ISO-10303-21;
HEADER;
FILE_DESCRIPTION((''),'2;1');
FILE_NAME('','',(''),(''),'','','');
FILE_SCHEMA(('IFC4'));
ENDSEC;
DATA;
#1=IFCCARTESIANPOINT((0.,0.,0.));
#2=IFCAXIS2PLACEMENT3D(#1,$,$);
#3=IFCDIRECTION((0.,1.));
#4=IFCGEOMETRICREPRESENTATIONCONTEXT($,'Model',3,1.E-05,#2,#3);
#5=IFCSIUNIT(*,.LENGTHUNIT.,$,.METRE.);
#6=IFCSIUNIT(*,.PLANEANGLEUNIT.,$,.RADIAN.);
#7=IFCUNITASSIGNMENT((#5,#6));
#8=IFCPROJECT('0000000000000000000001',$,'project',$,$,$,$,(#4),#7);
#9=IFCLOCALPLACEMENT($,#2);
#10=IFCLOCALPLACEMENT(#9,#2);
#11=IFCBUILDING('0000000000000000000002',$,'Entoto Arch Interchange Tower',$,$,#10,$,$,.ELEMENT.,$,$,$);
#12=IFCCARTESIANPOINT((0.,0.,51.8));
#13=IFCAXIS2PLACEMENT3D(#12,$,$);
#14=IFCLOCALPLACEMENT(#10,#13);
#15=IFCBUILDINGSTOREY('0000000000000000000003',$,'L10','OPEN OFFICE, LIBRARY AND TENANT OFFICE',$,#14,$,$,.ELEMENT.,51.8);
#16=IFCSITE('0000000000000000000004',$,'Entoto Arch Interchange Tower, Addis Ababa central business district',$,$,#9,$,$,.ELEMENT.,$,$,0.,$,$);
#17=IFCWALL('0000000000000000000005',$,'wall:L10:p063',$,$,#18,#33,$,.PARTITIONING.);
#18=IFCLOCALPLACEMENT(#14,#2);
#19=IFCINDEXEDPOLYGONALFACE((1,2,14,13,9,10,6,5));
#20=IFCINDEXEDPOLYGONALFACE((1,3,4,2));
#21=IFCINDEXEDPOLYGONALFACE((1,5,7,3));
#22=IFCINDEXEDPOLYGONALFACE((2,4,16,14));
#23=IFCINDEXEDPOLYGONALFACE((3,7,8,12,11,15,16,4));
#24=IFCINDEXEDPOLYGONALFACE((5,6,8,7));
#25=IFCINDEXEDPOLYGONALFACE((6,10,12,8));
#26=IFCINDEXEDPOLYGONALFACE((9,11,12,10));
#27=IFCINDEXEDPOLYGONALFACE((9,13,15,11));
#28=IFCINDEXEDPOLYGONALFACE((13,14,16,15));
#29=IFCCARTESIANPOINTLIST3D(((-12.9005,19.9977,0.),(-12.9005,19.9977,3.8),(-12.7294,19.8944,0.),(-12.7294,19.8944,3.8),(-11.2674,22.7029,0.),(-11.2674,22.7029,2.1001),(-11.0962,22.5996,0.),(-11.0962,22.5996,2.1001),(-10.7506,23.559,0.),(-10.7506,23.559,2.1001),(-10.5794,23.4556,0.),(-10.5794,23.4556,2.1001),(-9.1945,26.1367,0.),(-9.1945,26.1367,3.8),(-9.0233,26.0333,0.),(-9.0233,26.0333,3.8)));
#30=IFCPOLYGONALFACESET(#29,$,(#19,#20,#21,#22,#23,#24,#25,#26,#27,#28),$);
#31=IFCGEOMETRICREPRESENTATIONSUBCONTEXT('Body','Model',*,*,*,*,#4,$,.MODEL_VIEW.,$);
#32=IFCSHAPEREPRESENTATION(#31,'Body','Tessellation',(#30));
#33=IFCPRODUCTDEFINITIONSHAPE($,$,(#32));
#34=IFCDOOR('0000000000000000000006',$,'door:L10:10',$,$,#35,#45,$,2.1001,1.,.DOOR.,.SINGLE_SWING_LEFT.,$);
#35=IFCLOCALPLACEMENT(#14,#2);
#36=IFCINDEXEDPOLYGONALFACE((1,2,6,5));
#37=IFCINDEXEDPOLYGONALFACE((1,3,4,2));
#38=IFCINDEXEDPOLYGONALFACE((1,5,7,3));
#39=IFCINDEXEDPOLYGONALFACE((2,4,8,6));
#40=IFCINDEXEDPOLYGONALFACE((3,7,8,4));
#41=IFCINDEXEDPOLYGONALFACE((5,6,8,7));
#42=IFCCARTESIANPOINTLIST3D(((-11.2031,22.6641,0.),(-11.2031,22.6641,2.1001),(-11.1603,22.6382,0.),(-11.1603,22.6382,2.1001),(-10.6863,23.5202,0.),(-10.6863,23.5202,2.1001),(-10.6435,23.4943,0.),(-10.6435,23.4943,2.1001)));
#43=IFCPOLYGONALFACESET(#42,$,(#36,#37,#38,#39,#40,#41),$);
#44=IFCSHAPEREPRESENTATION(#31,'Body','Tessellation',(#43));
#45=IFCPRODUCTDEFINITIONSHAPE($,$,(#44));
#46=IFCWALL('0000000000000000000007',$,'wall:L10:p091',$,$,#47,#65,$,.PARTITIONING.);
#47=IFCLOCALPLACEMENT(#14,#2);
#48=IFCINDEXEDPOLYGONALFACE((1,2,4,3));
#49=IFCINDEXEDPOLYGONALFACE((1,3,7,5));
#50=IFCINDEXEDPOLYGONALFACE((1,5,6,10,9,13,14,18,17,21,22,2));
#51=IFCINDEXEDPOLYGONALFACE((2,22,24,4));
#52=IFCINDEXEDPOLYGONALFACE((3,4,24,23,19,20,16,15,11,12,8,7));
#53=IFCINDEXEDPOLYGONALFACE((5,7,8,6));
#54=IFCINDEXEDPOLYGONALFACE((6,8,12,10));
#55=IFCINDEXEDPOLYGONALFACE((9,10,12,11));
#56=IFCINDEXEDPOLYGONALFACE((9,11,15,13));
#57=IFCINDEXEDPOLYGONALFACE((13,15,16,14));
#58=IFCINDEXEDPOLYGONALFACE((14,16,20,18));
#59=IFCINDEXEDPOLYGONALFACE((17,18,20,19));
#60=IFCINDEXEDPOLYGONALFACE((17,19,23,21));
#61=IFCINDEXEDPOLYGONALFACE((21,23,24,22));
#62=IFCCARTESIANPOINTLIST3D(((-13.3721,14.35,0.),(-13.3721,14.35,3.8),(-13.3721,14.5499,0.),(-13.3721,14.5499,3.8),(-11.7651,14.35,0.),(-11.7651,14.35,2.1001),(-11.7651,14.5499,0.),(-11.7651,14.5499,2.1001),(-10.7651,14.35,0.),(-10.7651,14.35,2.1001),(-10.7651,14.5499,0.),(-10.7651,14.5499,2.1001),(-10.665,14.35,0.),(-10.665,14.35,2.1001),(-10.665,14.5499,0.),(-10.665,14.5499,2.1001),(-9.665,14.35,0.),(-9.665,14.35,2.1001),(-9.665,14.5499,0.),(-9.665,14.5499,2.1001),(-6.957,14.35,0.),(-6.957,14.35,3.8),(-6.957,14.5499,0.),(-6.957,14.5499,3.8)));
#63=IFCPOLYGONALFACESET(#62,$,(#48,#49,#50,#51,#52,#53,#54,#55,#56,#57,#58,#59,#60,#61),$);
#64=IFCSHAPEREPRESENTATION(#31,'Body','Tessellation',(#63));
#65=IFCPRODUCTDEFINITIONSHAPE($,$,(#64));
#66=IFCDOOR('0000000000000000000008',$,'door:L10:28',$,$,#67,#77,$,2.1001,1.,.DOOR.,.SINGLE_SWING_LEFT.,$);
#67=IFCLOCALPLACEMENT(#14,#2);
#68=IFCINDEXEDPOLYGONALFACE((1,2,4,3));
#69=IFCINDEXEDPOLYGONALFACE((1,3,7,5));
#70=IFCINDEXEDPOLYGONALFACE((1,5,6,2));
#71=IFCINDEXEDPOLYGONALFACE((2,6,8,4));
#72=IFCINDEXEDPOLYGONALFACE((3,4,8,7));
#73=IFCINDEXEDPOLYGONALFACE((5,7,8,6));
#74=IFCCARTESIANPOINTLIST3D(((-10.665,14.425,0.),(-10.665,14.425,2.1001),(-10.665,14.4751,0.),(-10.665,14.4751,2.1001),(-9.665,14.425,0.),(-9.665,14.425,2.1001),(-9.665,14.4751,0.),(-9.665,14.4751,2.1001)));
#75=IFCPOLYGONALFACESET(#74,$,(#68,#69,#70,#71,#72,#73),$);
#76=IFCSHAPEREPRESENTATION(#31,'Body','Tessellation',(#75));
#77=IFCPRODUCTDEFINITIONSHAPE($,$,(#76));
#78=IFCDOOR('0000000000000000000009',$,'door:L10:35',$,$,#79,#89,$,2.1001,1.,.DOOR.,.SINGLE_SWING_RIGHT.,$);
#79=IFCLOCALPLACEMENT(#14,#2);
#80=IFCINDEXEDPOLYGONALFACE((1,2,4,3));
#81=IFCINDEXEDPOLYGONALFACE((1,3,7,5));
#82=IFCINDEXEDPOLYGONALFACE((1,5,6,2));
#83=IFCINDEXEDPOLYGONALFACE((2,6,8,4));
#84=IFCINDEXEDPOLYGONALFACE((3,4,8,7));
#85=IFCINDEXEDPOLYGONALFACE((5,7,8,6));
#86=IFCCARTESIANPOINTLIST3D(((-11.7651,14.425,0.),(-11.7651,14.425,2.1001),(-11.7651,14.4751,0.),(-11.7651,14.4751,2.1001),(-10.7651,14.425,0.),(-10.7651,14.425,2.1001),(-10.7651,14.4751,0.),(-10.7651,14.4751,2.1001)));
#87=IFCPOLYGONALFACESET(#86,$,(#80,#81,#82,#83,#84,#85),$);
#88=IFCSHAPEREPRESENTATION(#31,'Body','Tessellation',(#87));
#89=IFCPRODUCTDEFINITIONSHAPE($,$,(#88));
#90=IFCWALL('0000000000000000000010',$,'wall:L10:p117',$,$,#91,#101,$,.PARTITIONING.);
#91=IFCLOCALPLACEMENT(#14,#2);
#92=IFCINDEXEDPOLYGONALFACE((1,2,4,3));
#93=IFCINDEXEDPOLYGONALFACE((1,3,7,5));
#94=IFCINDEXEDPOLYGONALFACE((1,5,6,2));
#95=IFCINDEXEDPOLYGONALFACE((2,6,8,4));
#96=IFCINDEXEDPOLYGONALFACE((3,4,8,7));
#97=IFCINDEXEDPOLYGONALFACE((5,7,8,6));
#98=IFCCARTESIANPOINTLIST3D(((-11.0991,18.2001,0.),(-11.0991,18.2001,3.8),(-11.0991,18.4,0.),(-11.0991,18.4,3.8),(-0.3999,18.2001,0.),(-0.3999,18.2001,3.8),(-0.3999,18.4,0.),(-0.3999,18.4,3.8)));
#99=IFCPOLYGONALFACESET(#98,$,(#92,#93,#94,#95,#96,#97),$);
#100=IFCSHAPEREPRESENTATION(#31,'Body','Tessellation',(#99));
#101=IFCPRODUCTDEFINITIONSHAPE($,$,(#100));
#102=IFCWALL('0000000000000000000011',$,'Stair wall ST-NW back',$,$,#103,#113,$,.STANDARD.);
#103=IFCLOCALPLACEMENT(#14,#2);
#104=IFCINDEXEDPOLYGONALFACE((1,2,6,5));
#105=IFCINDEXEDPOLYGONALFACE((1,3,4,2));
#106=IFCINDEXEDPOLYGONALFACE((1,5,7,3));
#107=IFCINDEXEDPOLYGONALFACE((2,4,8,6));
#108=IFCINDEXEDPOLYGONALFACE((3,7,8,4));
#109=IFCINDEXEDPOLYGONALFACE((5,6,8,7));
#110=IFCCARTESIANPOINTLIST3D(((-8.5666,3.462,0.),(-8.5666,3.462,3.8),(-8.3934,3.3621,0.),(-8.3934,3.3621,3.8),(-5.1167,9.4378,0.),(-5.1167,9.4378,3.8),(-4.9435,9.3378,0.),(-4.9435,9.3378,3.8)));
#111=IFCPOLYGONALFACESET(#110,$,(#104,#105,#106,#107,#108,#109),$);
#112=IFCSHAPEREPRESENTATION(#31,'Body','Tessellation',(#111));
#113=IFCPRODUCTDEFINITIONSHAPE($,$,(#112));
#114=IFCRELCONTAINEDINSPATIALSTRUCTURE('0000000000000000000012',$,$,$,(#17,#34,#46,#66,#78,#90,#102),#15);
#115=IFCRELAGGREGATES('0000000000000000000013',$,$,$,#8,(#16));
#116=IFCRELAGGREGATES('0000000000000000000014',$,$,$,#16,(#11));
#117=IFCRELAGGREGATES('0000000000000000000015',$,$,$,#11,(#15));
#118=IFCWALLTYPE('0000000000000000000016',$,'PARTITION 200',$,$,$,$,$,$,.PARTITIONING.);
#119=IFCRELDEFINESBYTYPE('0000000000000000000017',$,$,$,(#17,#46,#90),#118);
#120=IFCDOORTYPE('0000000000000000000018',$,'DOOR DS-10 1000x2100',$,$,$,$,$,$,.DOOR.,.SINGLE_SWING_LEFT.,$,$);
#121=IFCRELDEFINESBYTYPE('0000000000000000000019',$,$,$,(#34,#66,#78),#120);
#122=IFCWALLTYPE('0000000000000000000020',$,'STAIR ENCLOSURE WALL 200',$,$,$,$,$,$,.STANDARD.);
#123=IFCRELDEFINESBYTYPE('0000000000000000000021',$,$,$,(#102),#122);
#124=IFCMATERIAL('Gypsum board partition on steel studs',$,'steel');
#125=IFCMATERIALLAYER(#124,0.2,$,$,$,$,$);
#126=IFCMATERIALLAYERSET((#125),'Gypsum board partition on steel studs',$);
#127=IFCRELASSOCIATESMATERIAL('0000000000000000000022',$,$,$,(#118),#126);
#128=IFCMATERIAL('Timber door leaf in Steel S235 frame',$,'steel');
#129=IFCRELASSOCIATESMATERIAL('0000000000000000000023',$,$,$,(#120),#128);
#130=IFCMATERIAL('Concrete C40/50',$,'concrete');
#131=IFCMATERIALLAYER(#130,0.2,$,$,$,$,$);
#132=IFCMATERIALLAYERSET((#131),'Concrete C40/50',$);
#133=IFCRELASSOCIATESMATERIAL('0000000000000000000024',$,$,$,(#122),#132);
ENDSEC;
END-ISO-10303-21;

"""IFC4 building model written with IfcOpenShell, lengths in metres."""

from ifc_helpers import new_model, si_unit, direction, frame, frame_2d, origin, place, context, subcontext, project, spatial, rectangle, extrude, material, layer, layer_set, type_object, element, fill, save


model = new_model("IFC4")

# Units and contexts
model_context = context("Model", 3, precision=1e-05, world=origin(), true_north=direction((0.0, 1.0)))
body_context = subcontext(model_context, "Body", "Model", "MODEL_VIEW")
ifc_project = project(units=[si_unit("LENGTHUNIT", "METRE"), si_unit("PLANEANGLEUNIT", "RADIAN")], contexts=[model_context])

# Site, building, storey
site_placement = place(None, origin())
site = spatial("IfcSite", under=ifc_project, at=site_placement, Name="Entoto Arch Interchange Tower, Addis Ababa central business district", CompositionType="ELEMENT", RefElevation=0.0)
building_placement = place(site_placement, origin())
building = spatial("IfcBuilding", under=site, at=building_placement, Name="Entoto Arch Interchange Tower", CompositionType="ELEMENT")
storey_placement = place(building_placement, frame((0.0, 0.0, 51.8)))
storey = spatial("IfcBuildingStorey", under=building, at=storey_placement, Name="L10", Description="OPEN OFFICE, LIBRARY AND TENANT OFFICE", CompositionType="ELEMENT", Elevation=51.8)

# Shared definitions
ifc_material_1 = material(Name="Concrete C40/50", Category="concrete")

# Shared definitions
ifc_material_2 = material(Name="Gypsum board partition on steel studs", Category="steel")
ifc_layer_1 = layer(ifc_material_2, 0.2)
ifc_layer_set_1 = layer_set([ifc_layer_1], Name="Gypsum board partition on steel studs")
wall_type_1 = type_object("IfcWallType", Name="PARTITION 200", PredefinedType="PARTITIONING", material=ifc_layer_set_1)

# Wall, opening, door
wall_1_placement = place(storey_placement, frame((-12.8149, 19.946, 0.0), z_axis=(0.0, 0.0, 1.0), x_axis=(0.516822, 0.856093, 0.0)))
wall_1 = element("IfcWall", 1, at=wall_1_placement, inside=storey, type_object=wall_type_1, Name="wall:L10:p063", PredefinedType="PARTITIONING", context=body_context, shape_type="SweptSolid", body=[
    extrude(rectangle(XDim=7.1709, YDim=0.2, at=frame_2d((3.5854, 0.0))), origin(), (0.0, 0.0, 1.0), 3.8),
])
opening_1_placement = place(wall_1_placement, frame((3.1599, 0.0, 0.0)))
opening_1 = element("IfcOpeningElement", 2, at=opening_1_placement, cuts=wall_1, PredefinedType="OPENING", context=body_context, shape_type="SweptSolid", body=[
    extrude(rectangle(XDim=1.0, YDim=2.1001, at=frame_2d((0.5, 1.05))), frame((0.0, 0.1099, 0.0), z_axis=(0.0, -1.0, 0.0), x_axis=(1.0, 0.0, 0.0)), (0.0, 0.0, 1.0), 0.22),
])
ifc_material_3 = material(Name="Timber door leaf in Steel S235 frame", Category="steel")
door_type_1 = type_object("IfcDoorType", Name="DOOR DS-10 1000x2100", OperationType="SINGLE_SWING_LEFT", PredefinedType="DOOR", material=ifc_material_3)
door_1_placement = place(opening_1_placement, origin())
door_1 = element("IfcDoor", 3, at=door_1_placement, inside=storey, type_object=door_type_1, Name="door:L10:10", OperationType="SINGLE_SWING_LEFT", OverallHeight=2.1001, OverallWidth=1.0, PredefinedType="DOOR", context=body_context, shape_type="SweptSolid", body=[
    extrude(rectangle(XDim=1.0, YDim=2.1001, at=frame_2d((0.5, 1.05))), frame((0.0, 0.0249, 0.0), z_axis=(0.0, -1.0, 0.0), x_axis=(1.0, 0.0, 0.0)), (0.0, 0.0, 1.0), 0.05),
])
fill(opening_1, door_1)

# Wall, openings, doors
wall_2_placement = place(storey_placement, frame((-6.957, 14.45, 0.0), z_axis=(0.0, 0.0, 1.0), x_axis=(-1.0, 0.0, 0.0)))
wall_2 = element("IfcWall", 4, at=wall_2_placement, inside=storey, type_object=wall_type_1, Name="wall:L10:p091", PredefinedType="PARTITIONING", context=body_context, shape_type="SweptSolid", body=[
    extrude(rectangle(XDim=6.415, YDim=0.2, at=frame_2d((3.2075, 0.0))), origin(), (0.0, 0.0, 1.0), 3.8),
])
opening_2_placement = place(wall_2_placement, frame((2.708, 0.0, 0.0)))
opening_2 = element("IfcOpeningElement", 5, at=opening_2_placement, cuts=wall_2, PredefinedType="OPENING", context=body_context, shape_type="SweptSolid", body=[
    extrude(rectangle(XDim=1.0, YDim=2.1001, at=frame_2d((0.5, 1.05))), frame((0.0, 0.1099, 0.0), z_axis=(0.0, -1.0, 0.0), x_axis=(1.0, 0.0, 0.0)), (0.0, 0.0, 1.0), 0.22),
])
opening_3_placement = place(wall_2_placement, frame((3.8081, 0.0, 0.0)))
opening_3 = element("IfcOpeningElement", 6, at=opening_3_placement, cuts=wall_2, PredefinedType="OPENING", context=body_context, shape_type="SweptSolid", body=[
    extrude(rectangle(XDim=1.0, YDim=2.1001, at=frame_2d((0.5, 1.05))), frame((0.0, 0.1099, 0.0), z_axis=(0.0, -1.0, 0.0), x_axis=(1.0, 0.0, 0.0)), (0.0, 0.0, 1.0), 0.22),
])
door_2_placement = place(opening_2_placement, origin())
door_2 = element("IfcDoor", 7, at=door_2_placement, inside=storey, type_object=door_type_1, Name="door:L10:28", OperationType="SINGLE_SWING_LEFT", OverallHeight=2.1001, OverallWidth=1.0, PredefinedType="DOOR", context=body_context, shape_type="SweptSolid", body=[
    extrude(rectangle(XDim=1.0, YDim=2.1001, at=frame_2d((0.5, 1.05))), frame((0.0, 0.0249, 0.0), z_axis=(0.0, -1.0, 0.0), x_axis=(1.0, 0.0, 0.0)), (0.0, 0.0, 1.0), 0.05),
])
fill(opening_2, door_2)
door_3_placement = place(opening_3_placement, origin())
door_3 = element("IfcDoor", 8, at=door_3_placement, inside=storey, type_object=door_type_1, Name="door:L10:35", OperationType="SINGLE_SWING_RIGHT", OverallHeight=2.1001, OverallWidth=1.0, PredefinedType="DOOR", context=body_context, shape_type="SweptSolid", body=[
    extrude(rectangle(XDim=1.0, YDim=2.1001, at=frame_2d((0.5, 1.05))), frame((0.0, 0.0249, 0.0), z_axis=(0.0, -1.0, 0.0), x_axis=(1.0, 0.0, 0.0)), (0.0, 0.0, 1.0), 0.05),
])
fill(opening_3, door_3)

# Walls
wall_3_placement = place(storey_placement, frame((-11.0991, 18.3, 0.0), z_axis=(0.0, 0.0, 1.0), x_axis=(1.0, 0.0, 0.0)))
element("IfcWall", 9, at=wall_3_placement, inside=storey, type_object=wall_type_1, Name="wall:L10:p117", PredefinedType="PARTITIONING", context=body_context, shape_type="SweptSolid", body=[
    extrude(rectangle(XDim=10.6992, YDim=0.2, at=frame_2d((5.3496, 0.0))), origin(), (0.0, 0.0, 1.0), 3.8),
])
ifc_layer_2 = layer(ifc_material_1, 0.2)
ifc_layer_set_2 = layer_set([ifc_layer_2], Name="Concrete C40/50")
wall_type_2 = type_object("IfcWallType", Name="STAIR ENCLOSURE WALL 200", PredefinedType="STANDARD", material=ifc_layer_set_2)
wall_4_placement = place(storey_placement, frame((-5.03, 9.3879, 0.0), z_axis=(0.0, 0.0, 1.0), x_axis=(-0.499979, -0.866038, 0.0)))
element("IfcWall", 10, at=wall_4_placement, inside=storey, type_object=wall_type_2, Name="Stair wall ST-NW back", PredefinedType="STANDARD", context=body_context, shape_type="SweptSolid", body=[
    extrude(rectangle(XDim=6.9001, YDim=0.2, at=frame_2d((3.4502, 0.0))), origin(), (0.0, 0.0, 1.0), 3.8),
])

save(model, "model.ifc")
